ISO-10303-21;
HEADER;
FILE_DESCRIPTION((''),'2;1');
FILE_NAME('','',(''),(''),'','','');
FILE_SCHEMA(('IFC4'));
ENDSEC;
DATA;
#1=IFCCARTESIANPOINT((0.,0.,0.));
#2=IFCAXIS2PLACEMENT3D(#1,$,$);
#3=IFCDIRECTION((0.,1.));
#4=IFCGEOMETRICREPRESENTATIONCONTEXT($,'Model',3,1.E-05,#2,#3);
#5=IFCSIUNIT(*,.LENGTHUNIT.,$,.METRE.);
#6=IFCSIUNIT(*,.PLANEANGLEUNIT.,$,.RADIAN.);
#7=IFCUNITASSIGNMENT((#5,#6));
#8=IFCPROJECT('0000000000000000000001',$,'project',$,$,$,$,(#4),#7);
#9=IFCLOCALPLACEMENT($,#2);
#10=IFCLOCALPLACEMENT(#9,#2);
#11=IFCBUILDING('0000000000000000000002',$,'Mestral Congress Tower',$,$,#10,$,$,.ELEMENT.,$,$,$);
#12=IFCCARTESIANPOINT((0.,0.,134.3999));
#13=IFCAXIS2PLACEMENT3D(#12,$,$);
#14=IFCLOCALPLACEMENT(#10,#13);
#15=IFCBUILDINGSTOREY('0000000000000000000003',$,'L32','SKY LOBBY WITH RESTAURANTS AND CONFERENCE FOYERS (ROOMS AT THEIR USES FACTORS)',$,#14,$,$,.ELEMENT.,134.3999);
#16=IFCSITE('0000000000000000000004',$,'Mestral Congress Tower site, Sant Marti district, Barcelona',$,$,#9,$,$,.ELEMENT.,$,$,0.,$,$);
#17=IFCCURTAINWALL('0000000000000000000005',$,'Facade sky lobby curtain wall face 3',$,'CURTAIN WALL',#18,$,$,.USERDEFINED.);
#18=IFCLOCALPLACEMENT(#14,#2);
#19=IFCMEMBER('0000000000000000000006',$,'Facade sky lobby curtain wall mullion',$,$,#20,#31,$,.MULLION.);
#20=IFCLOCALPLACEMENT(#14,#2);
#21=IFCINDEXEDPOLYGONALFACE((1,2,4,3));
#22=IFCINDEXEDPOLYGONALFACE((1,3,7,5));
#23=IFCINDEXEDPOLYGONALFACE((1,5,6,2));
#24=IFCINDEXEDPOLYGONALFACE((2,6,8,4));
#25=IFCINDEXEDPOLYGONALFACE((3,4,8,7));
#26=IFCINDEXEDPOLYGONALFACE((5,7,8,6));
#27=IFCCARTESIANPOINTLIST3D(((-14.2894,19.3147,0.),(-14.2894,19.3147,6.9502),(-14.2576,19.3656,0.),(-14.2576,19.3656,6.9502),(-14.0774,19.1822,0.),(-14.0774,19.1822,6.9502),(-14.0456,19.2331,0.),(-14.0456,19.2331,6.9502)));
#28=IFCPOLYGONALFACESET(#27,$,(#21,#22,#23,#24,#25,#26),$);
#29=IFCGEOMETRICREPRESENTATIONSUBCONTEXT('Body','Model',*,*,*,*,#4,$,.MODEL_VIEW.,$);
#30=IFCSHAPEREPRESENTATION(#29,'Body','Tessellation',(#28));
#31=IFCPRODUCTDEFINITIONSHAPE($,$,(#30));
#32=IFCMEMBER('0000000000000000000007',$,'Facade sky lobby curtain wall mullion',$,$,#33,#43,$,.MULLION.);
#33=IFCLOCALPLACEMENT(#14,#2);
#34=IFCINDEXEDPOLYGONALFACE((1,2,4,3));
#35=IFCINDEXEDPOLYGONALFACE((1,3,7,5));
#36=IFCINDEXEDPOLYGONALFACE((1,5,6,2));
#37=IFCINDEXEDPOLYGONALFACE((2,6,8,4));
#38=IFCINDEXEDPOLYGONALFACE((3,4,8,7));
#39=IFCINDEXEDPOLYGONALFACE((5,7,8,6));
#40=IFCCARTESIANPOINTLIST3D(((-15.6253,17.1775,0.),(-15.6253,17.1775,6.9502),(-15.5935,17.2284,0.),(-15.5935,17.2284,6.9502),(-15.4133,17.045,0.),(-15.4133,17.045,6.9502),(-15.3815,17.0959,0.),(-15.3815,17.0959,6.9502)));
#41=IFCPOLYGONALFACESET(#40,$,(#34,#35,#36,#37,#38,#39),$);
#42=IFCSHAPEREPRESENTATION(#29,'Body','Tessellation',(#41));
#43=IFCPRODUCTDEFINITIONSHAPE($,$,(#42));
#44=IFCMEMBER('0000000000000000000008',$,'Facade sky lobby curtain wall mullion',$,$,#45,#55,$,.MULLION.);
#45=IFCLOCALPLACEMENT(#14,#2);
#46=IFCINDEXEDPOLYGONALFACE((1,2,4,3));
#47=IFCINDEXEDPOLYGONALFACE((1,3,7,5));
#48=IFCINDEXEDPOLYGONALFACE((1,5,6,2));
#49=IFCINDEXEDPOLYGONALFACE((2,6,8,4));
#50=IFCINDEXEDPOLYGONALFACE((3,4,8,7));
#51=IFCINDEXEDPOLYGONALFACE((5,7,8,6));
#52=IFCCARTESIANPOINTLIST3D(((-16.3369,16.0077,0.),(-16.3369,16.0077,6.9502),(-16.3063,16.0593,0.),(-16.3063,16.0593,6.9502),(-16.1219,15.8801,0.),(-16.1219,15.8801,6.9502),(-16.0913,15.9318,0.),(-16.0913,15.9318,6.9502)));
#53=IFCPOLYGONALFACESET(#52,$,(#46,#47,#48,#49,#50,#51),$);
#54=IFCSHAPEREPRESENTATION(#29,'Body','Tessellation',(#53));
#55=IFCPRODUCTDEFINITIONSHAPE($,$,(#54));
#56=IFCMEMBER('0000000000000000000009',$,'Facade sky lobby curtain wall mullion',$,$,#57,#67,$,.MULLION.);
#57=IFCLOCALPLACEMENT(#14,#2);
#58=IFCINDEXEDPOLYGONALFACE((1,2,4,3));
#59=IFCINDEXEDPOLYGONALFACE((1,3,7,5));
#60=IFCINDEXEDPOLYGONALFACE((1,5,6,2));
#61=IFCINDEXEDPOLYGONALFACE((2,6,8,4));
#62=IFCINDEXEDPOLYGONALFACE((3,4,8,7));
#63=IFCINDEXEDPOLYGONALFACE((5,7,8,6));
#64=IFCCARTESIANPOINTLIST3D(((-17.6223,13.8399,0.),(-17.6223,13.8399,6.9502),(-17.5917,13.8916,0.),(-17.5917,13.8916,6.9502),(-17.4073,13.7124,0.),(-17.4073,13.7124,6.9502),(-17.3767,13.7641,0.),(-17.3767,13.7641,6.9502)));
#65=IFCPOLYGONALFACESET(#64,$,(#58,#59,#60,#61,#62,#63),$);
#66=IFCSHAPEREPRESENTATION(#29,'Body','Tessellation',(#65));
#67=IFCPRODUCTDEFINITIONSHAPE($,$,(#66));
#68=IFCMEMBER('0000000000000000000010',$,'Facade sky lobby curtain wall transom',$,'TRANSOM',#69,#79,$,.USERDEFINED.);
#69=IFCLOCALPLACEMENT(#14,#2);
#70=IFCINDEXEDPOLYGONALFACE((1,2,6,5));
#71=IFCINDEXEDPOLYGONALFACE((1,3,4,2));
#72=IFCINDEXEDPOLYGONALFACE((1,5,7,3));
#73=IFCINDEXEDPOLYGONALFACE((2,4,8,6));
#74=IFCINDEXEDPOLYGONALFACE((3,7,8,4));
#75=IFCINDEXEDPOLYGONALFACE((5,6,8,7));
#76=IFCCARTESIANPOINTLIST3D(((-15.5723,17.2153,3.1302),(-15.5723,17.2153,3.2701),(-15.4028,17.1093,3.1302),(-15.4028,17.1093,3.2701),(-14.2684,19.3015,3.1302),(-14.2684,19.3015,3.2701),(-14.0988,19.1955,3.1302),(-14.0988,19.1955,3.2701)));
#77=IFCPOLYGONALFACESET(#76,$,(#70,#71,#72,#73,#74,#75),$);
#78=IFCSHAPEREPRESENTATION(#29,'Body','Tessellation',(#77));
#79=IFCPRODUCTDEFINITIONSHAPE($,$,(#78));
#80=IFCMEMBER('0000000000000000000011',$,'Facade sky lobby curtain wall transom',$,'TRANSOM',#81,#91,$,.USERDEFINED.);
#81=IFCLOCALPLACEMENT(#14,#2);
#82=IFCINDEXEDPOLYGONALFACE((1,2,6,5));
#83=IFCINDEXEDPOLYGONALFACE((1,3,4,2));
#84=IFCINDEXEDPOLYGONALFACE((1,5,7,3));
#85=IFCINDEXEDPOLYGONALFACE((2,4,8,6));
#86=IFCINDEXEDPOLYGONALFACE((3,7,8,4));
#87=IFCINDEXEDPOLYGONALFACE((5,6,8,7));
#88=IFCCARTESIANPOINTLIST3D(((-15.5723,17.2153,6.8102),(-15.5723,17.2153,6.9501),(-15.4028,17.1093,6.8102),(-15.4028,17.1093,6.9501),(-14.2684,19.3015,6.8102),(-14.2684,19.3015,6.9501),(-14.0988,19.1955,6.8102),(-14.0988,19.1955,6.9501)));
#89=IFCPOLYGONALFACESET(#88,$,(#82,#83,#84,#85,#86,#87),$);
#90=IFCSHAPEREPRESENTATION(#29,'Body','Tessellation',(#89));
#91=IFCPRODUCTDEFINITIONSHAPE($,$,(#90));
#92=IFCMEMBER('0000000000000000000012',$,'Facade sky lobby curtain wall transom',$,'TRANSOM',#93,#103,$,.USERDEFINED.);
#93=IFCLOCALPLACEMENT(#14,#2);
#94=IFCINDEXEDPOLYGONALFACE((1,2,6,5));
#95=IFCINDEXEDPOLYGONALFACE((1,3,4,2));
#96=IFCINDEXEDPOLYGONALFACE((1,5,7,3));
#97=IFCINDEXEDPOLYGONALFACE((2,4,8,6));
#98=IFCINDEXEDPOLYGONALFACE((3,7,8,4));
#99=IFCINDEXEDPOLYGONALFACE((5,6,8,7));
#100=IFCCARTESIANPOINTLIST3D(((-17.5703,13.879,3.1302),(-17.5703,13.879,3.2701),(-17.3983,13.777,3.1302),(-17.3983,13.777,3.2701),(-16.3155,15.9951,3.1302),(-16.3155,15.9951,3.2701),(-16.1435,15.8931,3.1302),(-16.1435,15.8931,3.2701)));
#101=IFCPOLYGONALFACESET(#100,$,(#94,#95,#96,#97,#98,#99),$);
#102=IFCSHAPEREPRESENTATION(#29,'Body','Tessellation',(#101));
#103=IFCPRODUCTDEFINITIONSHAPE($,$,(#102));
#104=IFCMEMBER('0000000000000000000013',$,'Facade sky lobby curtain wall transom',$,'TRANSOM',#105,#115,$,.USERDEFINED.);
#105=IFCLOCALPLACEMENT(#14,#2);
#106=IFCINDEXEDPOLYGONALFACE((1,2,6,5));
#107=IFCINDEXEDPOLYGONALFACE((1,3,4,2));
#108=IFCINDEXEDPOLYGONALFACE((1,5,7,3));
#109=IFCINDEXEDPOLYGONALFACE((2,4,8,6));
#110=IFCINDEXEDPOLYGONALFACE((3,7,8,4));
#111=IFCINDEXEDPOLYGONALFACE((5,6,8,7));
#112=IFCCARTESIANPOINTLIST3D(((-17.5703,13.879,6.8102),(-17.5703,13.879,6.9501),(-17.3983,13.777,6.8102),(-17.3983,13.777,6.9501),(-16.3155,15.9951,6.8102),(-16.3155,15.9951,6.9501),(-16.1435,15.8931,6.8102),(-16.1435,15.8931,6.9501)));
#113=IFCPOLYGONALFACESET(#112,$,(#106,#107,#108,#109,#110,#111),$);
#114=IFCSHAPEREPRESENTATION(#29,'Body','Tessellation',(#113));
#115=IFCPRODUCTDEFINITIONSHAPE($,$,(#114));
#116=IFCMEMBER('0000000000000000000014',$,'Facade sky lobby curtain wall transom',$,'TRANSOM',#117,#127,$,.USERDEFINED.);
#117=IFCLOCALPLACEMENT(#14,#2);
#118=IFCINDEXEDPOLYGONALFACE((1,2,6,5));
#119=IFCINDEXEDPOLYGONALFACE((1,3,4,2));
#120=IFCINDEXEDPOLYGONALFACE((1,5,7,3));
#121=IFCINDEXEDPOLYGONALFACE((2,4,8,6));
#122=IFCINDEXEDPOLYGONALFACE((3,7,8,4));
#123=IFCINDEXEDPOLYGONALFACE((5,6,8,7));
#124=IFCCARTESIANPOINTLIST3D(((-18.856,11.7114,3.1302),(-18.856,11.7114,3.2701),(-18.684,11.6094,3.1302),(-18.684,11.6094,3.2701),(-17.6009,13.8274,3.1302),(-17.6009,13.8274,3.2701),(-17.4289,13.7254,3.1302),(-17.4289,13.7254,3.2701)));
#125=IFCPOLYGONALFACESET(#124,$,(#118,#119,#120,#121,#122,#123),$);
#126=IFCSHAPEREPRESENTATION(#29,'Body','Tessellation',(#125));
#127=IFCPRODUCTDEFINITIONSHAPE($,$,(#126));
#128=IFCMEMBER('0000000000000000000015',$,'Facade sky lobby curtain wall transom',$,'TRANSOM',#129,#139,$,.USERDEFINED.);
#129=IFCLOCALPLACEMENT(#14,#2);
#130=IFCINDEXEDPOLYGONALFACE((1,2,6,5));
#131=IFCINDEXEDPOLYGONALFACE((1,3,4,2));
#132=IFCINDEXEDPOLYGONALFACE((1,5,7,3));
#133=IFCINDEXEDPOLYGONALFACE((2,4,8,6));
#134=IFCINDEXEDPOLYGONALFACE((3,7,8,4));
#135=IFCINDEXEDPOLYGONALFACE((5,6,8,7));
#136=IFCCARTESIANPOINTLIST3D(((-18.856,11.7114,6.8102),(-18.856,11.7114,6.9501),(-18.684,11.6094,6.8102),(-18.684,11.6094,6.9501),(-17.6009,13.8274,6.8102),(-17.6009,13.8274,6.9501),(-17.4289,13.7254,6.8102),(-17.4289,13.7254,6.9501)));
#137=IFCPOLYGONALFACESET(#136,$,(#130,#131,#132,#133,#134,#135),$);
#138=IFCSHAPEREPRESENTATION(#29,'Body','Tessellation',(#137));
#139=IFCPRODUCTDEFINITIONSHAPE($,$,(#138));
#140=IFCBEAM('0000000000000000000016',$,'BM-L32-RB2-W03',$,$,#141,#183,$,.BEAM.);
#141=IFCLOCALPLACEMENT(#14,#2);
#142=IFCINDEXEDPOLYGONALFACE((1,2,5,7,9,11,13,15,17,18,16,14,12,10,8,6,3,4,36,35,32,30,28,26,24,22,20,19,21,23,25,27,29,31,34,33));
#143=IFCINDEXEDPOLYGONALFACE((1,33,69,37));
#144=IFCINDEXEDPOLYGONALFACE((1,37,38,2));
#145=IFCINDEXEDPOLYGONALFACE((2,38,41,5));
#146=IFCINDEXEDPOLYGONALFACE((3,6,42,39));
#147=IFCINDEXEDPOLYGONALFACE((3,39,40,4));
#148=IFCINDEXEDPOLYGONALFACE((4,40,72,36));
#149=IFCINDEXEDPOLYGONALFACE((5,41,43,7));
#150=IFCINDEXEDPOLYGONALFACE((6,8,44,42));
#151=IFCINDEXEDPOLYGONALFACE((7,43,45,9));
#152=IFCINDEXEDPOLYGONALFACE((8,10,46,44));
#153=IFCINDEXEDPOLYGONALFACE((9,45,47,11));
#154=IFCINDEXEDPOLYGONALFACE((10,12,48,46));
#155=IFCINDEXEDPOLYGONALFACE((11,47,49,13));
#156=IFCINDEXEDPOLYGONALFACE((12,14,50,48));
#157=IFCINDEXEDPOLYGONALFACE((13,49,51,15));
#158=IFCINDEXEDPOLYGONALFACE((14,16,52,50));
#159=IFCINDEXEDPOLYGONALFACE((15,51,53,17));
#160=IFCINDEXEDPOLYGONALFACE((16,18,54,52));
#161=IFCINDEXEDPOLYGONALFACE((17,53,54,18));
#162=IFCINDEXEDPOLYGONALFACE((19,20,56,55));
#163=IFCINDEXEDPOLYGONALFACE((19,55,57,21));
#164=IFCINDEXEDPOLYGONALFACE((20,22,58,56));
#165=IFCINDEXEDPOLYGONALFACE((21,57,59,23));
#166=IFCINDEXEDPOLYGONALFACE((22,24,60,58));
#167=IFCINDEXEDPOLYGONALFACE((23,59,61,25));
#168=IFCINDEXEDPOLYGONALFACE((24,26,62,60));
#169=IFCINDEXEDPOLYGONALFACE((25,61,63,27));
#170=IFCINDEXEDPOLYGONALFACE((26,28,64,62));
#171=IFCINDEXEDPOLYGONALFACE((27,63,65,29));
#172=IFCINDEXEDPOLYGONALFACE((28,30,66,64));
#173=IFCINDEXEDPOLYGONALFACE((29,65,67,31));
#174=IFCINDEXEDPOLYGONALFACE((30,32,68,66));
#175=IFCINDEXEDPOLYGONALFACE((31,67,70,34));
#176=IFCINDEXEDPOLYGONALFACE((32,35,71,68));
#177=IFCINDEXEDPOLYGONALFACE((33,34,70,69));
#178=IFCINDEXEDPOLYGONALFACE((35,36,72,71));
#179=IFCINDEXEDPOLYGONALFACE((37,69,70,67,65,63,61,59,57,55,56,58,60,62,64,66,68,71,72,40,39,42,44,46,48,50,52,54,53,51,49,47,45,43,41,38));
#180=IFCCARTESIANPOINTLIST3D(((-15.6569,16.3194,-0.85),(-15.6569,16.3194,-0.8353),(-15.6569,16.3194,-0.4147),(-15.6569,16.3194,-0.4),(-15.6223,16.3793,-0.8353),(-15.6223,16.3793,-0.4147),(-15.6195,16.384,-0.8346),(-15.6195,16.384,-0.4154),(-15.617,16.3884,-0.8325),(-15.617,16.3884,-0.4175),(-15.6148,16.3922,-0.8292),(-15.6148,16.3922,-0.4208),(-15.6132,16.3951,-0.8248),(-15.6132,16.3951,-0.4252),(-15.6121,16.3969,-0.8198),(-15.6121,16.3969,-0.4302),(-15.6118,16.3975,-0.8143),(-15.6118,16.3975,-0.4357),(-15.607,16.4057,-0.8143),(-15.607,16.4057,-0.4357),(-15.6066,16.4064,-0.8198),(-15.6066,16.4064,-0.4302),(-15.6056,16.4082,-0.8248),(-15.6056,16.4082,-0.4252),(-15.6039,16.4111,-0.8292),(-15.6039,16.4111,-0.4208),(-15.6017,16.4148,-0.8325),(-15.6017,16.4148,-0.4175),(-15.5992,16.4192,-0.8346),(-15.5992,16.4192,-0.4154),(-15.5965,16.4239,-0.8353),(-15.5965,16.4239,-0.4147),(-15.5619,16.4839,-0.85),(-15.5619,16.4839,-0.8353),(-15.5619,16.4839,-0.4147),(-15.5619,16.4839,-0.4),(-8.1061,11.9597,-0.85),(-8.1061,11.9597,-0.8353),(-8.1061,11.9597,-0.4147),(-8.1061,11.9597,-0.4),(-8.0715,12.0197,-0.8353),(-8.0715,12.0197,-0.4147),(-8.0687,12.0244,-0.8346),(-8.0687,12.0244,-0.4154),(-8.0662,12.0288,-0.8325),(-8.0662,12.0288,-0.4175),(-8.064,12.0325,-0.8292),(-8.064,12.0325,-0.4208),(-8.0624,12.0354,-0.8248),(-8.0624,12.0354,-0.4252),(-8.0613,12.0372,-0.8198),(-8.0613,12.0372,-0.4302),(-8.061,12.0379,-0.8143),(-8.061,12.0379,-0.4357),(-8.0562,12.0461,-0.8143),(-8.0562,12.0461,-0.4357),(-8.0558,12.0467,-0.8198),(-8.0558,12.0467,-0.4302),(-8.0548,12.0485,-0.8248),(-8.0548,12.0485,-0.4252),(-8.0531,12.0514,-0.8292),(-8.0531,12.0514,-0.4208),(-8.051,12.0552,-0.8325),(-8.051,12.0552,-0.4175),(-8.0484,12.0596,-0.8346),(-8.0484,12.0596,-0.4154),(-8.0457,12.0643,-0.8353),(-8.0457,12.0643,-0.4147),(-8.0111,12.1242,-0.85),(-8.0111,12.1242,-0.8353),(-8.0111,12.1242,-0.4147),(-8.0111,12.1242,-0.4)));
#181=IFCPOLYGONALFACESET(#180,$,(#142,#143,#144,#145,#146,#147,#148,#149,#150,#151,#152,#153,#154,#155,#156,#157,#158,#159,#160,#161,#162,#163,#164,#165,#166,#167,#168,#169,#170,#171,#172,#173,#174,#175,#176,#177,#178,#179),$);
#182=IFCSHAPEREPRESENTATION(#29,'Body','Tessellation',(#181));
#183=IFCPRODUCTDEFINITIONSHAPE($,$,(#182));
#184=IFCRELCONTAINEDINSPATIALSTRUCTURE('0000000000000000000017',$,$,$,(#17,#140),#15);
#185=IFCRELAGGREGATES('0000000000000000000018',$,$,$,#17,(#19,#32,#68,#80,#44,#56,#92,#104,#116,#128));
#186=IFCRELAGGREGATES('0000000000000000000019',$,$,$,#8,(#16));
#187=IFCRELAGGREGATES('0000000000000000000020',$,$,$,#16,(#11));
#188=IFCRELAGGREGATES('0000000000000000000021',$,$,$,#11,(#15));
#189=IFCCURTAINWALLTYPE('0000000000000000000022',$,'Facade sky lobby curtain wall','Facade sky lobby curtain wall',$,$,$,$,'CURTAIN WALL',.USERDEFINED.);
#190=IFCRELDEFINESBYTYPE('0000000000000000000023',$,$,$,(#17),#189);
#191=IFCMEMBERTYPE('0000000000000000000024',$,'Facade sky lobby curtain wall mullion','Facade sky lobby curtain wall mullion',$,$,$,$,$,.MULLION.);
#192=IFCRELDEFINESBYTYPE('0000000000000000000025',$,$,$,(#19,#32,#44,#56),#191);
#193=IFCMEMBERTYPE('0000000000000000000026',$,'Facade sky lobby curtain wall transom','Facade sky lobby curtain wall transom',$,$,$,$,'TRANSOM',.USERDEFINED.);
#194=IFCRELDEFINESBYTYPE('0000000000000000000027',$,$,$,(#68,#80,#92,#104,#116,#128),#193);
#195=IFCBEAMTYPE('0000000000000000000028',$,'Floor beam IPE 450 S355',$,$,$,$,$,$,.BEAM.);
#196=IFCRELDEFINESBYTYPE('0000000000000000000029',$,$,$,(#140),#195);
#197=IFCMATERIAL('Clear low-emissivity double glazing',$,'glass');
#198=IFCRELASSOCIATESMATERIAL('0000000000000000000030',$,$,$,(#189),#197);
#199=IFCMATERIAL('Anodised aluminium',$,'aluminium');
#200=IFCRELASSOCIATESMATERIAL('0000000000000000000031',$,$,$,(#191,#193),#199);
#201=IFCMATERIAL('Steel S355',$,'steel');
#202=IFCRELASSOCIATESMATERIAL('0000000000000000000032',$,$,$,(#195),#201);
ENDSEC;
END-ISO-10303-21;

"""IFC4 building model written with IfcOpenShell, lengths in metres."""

from ifc_helpers import new_model, si_unit, direction, frame, origin, origin_2d, place, context, subcontext, project, spatial, rectangle, i_section, extrude, material, material_profile, profile_set, type_object, element, aggregate, save


model = new_model("IFC4")

# Units and contexts
model_context = context("Model", 3, precision=1e-05, world=origin(), true_north=direction((0.0, 1.0)))
body_context = subcontext(model_context, "Body", "Model", "MODEL_VIEW")
ifc_project = project(units=[si_unit("LENGTHUNIT", "METRE"), si_unit("PLANEANGLEUNIT", "RADIAN")], contexts=[model_context])

# Site, building, storey
site_placement = place(None, origin())
site = spatial("IfcSite", under=ifc_project, at=site_placement, Name="Mestral Congress Tower site, Sant Marti district, Barcelona", CompositionType="ELEMENT", RefElevation=0.0)
building_placement = place(site_placement, origin())
building = spatial("IfcBuilding", under=site, at=building_placement, Name="Mestral Congress Tower", CompositionType="ELEMENT")
storey_placement = place(building_placement, frame((0.0, 0.0, 134.3999)))
storey = spatial("IfcBuildingStorey", under=building, at=storey_placement, Name="L32", Description="SKY LOBBY WITH RESTAURANTS AND CONFERENCE FOYERS (ROOMS AT THEIR USES FACTORS)", CompositionType="ELEMENT", Elevation=134.3999)

# Shared definitions
ifc_material_1 = material(Name="Steel S355", Category="steel")

# Curtain wall, members
ifc_material_2 = material(Name="Clear low-emissivity double glazing", Category="glass")
curtain_wall_type = type_object("IfcCurtainWallType", Name="Facade sky lobby curtain wall", Description="Facade sky lobby curtain wall", ElementType="CURTAIN WALL", PredefinedType="USERDEFINED", material=ifc_material_2)
curtain_wall_placement = place(storey_placement, origin())
curtain_wall = element("IfcCurtainWall", 1, at=curtain_wall_placement, inside=storey, type_object=curtain_wall_type, Name="Facade sky lobby curtain wall face 3", ObjectType="CURTAIN WALL", PredefinedType="USERDEFINED")
ifc_material_3 = material(Name="Anodised aluminium", Category="aluminium")
ifc_material_profile_1 = material_profile(ifc_material_3, rectangle(XDim=0.25, YDim=0.0601, at=origin_2d()), Name="CW1 mullion 250 x 60")
ifc_profile_set_1 = profile_set([ifc_material_profile_1], Name="Anodised aluminium")
member_type_1 = type_object("IfcMemberType", Name="Facade sky lobby curtain wall mullion", Description="Facade sky lobby curtain wall mullion", PredefinedType="MULLION", material=ifc_profile_set_1)
member_1_placement = place(storey_placement, frame((-14.1675, 19.2739, 0.0), z_axis=(0.0, 0.0, 1.0), x_axis=(-0.847961, 0.530058, 0.0)))
member_1 = element("IfcMember", 2, at=member_1_placement, type_object=member_type_1, Name="Facade sky lobby curtain wall mullion", PredefinedType="MULLION", context=body_context, shape_type="SweptSolid", body=[
    extrude(rectangle(XDim=0.25, YDim=0.0601, at=origin_2d()), origin(), (0.0, 0.0, 1.0), 6.9502),
])
member_2_placement = place(storey_placement, frame((-15.5034, 17.1367, 0.0), z_axis=(0.0, 0.0, 1.0), x_axis=(-0.847961, 0.530058, 0.0)))
member_2 = element("IfcMember", 3, at=member_2_placement, type_object=member_type_1, Name="Facade sky lobby curtain wall mullion", PredefinedType="MULLION", context=body_context, shape_type="SweptSolid", body=[
    extrude(rectangle(XDim=0.25, YDim=0.0601, at=origin_2d()), origin(), (0.0, 0.0, 1.0), 6.9502),
])
member_3_placement = place(storey_placement, frame((-16.2141, 15.9697, 0.0), z_axis=(0.0, 0.0, 1.0), x_axis=(-0.860119, 0.510094, 0.0)))
member_3 = element("IfcMember", 4, at=member_3_placement, type_object=member_type_1, Name="Facade sky lobby curtain wall mullion", PredefinedType="MULLION", context=body_context, shape_type="SweptSolid", body=[
    extrude(rectangle(XDim=0.25, YDim=0.0601, at=origin_2d()), origin(), (0.0, 0.0, 1.0), 6.9502),
])
member_4_placement = place(storey_placement, frame((-17.4995, 13.802, 0.0), z_axis=(0.0, 0.0, 1.0), x_axis=(-0.860119, 0.510094, 0.0)))
member_4 = element("IfcMember", 5, at=member_4_placement, type_object=member_type_1, Name="Facade sky lobby curtain wall mullion", PredefinedType="MULLION", context=body_context, shape_type="SweptSolid", body=[
    extrude(rectangle(XDim=0.25, YDim=0.0601, at=origin_2d()), origin(), (0.0, 0.0, 1.0), 6.9502),
])
ifc_material_profile_2 = material_profile(ifc_material_3, rectangle(XDim=0.2, YDim=0.1399, at=origin_2d()), Name="CW1 transom 200 x 140")
ifc_profile_set_2 = profile_set([ifc_material_profile_2], Name="Anodised aluminium")
member_type_2 = type_object("IfcMemberType", Name="Facade sky lobby curtain wall transom", Description="Facade sky lobby curtain wall transom", ElementType="TRANSOM", PredefinedType="USERDEFINED", material=ifc_profile_set_2)
member_5_placement = place(storey_placement, frame((-14.1836, 19.2485, 3.2002), z_axis=(-0.530026, -0.847982, 0.0), x_axis=(0.847982, -0.530026, 0.0)))
member_5 = element("IfcMember", 6, at=member_5_placement, type_object=member_type_2, Name="Facade sky lobby curtain wall transom", ObjectType="TRANSOM", PredefinedType="USERDEFINED", context=body_context, shape_type="SweptSolid", body=[
    extrude(rectangle(XDim=0.2, YDim=0.1399, at=origin_2d()), origin(), (0.0, 0.0, 1.0), 2.4602),
])
member_6_placement = place(storey_placement, frame((-14.1836, 19.2485, 6.8801), z_axis=(-0.530026, -0.847982, 0.0), x_axis=(0.847982, -0.530026, 0.0)))
member_6 = element("IfcMember", 7, at=member_6_placement, type_object=member_type_2, Name="Facade sky lobby curtain wall transom", ObjectType="TRANSOM", PredefinedType="USERDEFINED", context=body_context, shape_type="SweptSolid", body=[
    extrude(rectangle(XDim=0.2, YDim=0.1399, at=origin_2d()), origin(), (0.0, 0.0, 1.0), 2.4602),
])
member_7_placement = place(storey_placement, frame((-16.2295, 15.9441, 3.2002), z_axis=(-0.510053, -0.860143, 0.0), x_axis=(0.860143, -0.510053, 0.0)))
member_7 = element("IfcMember", 8, at=member_7_placement, type_object=member_type_2, Name="Facade sky lobby curtain wall transom", ObjectType="TRANSOM", PredefinedType="USERDEFINED", context=body_context, shape_type="SweptSolid", body=[
    extrude(rectangle(XDim=0.2, YDim=0.1399, at=origin_2d()), origin(), (0.0, 0.0, 1.0), 2.4602),
])
member_8_placement = place(storey_placement, frame((-16.2295, 15.9441, 6.8801), z_axis=(-0.510053, -0.860143, 0.0), x_axis=(0.860143, -0.510053, 0.0)))
member_8 = element("IfcMember", 9, at=member_8_placement, type_object=member_type_2, Name="Facade sky lobby curtain wall transom", ObjectType="TRANSOM", PredefinedType="USERDEFINED", context=body_context, shape_type="SweptSolid", body=[
    extrude(rectangle(XDim=0.2, YDim=0.1399, at=origin_2d()), origin(), (0.0, 0.0, 1.0), 2.4602),
])
member_9_placement = place(storey_placement, frame((-17.5149, 13.7764, 3.2002), z_axis=(-0.51017, -0.860074, 0.0), x_axis=(0.860074, -0.51017, 0.0)))
member_9 = element("IfcMember", 10, at=member_9_placement, type_object=member_type_2, Name="Facade sky lobby curtain wall transom", ObjectType="TRANSOM", PredefinedType="USERDEFINED", context=body_context, shape_type="SweptSolid", body=[
    extrude(rectangle(XDim=0.2, YDim=0.1399, at=origin_2d()), origin(), (0.0, 0.0, 1.0), 2.4602),
])
member_10_placement = place(storey_placement, frame((-17.5149, 13.7764, 6.8801), z_axis=(-0.51017, -0.860074, 0.0), x_axis=(0.860074, -0.51017, 0.0)))
member_10 = element("IfcMember", 11, at=member_10_placement, type_object=member_type_2, Name="Facade sky lobby curtain wall transom", ObjectType="TRANSOM", PredefinedType="USERDEFINED", context=body_context, shape_type="SweptSolid", body=[
    extrude(rectangle(XDim=0.2, YDim=0.1399, at=origin_2d()), origin(), (0.0, 0.0, 1.0), 2.4602),
])

# Beam
ifc_material_profile_3 = material_profile(ifc_material_1, i_section(OverallWidth=0.1899, OverallDepth=0.45, WebThickness=0.0095, FlangeThickness=0.0146, FilletRadius=0.021, at=origin_2d()), Name="IPE 450")
ifc_profile_set_3 = profile_set([ifc_material_profile_3], Name="Steel S355")
beam_type_1 = type_object("IfcBeamType", Name="Floor beam IPE 450 S355", PredefinedType="BEAM", material=ifc_profile_set_3)
beam_1_placement = place(storey_placement, frame((-15.6094, 16.4016, -0.625), z_axis=(0.866017, -0.500015, 0.0), x_axis=(0.500015, 0.866017, 0.0)))
element("IfcBeam", 12, at=beam_1_placement, inside=storey, type_object=beam_type_1, Name="BM-L32-RB2-W03", PredefinedType="BEAM", context=body_context, shape_type="SweptSolid", body=[
    extrude(i_section(OverallWidth=0.1899, OverallDepth=0.45, WebThickness=0.0095, FlangeThickness=0.0146, FilletRadius=0.021, at=origin_2d()), origin(), (0.0, 0.0, 1.0), 8.719),
])

aggregate(curtain_wall, [member_1, member_2, member_5, member_6, member_3, member_4, member_7, member_8, member_9, member_10])

save(model, "model.ifc")
